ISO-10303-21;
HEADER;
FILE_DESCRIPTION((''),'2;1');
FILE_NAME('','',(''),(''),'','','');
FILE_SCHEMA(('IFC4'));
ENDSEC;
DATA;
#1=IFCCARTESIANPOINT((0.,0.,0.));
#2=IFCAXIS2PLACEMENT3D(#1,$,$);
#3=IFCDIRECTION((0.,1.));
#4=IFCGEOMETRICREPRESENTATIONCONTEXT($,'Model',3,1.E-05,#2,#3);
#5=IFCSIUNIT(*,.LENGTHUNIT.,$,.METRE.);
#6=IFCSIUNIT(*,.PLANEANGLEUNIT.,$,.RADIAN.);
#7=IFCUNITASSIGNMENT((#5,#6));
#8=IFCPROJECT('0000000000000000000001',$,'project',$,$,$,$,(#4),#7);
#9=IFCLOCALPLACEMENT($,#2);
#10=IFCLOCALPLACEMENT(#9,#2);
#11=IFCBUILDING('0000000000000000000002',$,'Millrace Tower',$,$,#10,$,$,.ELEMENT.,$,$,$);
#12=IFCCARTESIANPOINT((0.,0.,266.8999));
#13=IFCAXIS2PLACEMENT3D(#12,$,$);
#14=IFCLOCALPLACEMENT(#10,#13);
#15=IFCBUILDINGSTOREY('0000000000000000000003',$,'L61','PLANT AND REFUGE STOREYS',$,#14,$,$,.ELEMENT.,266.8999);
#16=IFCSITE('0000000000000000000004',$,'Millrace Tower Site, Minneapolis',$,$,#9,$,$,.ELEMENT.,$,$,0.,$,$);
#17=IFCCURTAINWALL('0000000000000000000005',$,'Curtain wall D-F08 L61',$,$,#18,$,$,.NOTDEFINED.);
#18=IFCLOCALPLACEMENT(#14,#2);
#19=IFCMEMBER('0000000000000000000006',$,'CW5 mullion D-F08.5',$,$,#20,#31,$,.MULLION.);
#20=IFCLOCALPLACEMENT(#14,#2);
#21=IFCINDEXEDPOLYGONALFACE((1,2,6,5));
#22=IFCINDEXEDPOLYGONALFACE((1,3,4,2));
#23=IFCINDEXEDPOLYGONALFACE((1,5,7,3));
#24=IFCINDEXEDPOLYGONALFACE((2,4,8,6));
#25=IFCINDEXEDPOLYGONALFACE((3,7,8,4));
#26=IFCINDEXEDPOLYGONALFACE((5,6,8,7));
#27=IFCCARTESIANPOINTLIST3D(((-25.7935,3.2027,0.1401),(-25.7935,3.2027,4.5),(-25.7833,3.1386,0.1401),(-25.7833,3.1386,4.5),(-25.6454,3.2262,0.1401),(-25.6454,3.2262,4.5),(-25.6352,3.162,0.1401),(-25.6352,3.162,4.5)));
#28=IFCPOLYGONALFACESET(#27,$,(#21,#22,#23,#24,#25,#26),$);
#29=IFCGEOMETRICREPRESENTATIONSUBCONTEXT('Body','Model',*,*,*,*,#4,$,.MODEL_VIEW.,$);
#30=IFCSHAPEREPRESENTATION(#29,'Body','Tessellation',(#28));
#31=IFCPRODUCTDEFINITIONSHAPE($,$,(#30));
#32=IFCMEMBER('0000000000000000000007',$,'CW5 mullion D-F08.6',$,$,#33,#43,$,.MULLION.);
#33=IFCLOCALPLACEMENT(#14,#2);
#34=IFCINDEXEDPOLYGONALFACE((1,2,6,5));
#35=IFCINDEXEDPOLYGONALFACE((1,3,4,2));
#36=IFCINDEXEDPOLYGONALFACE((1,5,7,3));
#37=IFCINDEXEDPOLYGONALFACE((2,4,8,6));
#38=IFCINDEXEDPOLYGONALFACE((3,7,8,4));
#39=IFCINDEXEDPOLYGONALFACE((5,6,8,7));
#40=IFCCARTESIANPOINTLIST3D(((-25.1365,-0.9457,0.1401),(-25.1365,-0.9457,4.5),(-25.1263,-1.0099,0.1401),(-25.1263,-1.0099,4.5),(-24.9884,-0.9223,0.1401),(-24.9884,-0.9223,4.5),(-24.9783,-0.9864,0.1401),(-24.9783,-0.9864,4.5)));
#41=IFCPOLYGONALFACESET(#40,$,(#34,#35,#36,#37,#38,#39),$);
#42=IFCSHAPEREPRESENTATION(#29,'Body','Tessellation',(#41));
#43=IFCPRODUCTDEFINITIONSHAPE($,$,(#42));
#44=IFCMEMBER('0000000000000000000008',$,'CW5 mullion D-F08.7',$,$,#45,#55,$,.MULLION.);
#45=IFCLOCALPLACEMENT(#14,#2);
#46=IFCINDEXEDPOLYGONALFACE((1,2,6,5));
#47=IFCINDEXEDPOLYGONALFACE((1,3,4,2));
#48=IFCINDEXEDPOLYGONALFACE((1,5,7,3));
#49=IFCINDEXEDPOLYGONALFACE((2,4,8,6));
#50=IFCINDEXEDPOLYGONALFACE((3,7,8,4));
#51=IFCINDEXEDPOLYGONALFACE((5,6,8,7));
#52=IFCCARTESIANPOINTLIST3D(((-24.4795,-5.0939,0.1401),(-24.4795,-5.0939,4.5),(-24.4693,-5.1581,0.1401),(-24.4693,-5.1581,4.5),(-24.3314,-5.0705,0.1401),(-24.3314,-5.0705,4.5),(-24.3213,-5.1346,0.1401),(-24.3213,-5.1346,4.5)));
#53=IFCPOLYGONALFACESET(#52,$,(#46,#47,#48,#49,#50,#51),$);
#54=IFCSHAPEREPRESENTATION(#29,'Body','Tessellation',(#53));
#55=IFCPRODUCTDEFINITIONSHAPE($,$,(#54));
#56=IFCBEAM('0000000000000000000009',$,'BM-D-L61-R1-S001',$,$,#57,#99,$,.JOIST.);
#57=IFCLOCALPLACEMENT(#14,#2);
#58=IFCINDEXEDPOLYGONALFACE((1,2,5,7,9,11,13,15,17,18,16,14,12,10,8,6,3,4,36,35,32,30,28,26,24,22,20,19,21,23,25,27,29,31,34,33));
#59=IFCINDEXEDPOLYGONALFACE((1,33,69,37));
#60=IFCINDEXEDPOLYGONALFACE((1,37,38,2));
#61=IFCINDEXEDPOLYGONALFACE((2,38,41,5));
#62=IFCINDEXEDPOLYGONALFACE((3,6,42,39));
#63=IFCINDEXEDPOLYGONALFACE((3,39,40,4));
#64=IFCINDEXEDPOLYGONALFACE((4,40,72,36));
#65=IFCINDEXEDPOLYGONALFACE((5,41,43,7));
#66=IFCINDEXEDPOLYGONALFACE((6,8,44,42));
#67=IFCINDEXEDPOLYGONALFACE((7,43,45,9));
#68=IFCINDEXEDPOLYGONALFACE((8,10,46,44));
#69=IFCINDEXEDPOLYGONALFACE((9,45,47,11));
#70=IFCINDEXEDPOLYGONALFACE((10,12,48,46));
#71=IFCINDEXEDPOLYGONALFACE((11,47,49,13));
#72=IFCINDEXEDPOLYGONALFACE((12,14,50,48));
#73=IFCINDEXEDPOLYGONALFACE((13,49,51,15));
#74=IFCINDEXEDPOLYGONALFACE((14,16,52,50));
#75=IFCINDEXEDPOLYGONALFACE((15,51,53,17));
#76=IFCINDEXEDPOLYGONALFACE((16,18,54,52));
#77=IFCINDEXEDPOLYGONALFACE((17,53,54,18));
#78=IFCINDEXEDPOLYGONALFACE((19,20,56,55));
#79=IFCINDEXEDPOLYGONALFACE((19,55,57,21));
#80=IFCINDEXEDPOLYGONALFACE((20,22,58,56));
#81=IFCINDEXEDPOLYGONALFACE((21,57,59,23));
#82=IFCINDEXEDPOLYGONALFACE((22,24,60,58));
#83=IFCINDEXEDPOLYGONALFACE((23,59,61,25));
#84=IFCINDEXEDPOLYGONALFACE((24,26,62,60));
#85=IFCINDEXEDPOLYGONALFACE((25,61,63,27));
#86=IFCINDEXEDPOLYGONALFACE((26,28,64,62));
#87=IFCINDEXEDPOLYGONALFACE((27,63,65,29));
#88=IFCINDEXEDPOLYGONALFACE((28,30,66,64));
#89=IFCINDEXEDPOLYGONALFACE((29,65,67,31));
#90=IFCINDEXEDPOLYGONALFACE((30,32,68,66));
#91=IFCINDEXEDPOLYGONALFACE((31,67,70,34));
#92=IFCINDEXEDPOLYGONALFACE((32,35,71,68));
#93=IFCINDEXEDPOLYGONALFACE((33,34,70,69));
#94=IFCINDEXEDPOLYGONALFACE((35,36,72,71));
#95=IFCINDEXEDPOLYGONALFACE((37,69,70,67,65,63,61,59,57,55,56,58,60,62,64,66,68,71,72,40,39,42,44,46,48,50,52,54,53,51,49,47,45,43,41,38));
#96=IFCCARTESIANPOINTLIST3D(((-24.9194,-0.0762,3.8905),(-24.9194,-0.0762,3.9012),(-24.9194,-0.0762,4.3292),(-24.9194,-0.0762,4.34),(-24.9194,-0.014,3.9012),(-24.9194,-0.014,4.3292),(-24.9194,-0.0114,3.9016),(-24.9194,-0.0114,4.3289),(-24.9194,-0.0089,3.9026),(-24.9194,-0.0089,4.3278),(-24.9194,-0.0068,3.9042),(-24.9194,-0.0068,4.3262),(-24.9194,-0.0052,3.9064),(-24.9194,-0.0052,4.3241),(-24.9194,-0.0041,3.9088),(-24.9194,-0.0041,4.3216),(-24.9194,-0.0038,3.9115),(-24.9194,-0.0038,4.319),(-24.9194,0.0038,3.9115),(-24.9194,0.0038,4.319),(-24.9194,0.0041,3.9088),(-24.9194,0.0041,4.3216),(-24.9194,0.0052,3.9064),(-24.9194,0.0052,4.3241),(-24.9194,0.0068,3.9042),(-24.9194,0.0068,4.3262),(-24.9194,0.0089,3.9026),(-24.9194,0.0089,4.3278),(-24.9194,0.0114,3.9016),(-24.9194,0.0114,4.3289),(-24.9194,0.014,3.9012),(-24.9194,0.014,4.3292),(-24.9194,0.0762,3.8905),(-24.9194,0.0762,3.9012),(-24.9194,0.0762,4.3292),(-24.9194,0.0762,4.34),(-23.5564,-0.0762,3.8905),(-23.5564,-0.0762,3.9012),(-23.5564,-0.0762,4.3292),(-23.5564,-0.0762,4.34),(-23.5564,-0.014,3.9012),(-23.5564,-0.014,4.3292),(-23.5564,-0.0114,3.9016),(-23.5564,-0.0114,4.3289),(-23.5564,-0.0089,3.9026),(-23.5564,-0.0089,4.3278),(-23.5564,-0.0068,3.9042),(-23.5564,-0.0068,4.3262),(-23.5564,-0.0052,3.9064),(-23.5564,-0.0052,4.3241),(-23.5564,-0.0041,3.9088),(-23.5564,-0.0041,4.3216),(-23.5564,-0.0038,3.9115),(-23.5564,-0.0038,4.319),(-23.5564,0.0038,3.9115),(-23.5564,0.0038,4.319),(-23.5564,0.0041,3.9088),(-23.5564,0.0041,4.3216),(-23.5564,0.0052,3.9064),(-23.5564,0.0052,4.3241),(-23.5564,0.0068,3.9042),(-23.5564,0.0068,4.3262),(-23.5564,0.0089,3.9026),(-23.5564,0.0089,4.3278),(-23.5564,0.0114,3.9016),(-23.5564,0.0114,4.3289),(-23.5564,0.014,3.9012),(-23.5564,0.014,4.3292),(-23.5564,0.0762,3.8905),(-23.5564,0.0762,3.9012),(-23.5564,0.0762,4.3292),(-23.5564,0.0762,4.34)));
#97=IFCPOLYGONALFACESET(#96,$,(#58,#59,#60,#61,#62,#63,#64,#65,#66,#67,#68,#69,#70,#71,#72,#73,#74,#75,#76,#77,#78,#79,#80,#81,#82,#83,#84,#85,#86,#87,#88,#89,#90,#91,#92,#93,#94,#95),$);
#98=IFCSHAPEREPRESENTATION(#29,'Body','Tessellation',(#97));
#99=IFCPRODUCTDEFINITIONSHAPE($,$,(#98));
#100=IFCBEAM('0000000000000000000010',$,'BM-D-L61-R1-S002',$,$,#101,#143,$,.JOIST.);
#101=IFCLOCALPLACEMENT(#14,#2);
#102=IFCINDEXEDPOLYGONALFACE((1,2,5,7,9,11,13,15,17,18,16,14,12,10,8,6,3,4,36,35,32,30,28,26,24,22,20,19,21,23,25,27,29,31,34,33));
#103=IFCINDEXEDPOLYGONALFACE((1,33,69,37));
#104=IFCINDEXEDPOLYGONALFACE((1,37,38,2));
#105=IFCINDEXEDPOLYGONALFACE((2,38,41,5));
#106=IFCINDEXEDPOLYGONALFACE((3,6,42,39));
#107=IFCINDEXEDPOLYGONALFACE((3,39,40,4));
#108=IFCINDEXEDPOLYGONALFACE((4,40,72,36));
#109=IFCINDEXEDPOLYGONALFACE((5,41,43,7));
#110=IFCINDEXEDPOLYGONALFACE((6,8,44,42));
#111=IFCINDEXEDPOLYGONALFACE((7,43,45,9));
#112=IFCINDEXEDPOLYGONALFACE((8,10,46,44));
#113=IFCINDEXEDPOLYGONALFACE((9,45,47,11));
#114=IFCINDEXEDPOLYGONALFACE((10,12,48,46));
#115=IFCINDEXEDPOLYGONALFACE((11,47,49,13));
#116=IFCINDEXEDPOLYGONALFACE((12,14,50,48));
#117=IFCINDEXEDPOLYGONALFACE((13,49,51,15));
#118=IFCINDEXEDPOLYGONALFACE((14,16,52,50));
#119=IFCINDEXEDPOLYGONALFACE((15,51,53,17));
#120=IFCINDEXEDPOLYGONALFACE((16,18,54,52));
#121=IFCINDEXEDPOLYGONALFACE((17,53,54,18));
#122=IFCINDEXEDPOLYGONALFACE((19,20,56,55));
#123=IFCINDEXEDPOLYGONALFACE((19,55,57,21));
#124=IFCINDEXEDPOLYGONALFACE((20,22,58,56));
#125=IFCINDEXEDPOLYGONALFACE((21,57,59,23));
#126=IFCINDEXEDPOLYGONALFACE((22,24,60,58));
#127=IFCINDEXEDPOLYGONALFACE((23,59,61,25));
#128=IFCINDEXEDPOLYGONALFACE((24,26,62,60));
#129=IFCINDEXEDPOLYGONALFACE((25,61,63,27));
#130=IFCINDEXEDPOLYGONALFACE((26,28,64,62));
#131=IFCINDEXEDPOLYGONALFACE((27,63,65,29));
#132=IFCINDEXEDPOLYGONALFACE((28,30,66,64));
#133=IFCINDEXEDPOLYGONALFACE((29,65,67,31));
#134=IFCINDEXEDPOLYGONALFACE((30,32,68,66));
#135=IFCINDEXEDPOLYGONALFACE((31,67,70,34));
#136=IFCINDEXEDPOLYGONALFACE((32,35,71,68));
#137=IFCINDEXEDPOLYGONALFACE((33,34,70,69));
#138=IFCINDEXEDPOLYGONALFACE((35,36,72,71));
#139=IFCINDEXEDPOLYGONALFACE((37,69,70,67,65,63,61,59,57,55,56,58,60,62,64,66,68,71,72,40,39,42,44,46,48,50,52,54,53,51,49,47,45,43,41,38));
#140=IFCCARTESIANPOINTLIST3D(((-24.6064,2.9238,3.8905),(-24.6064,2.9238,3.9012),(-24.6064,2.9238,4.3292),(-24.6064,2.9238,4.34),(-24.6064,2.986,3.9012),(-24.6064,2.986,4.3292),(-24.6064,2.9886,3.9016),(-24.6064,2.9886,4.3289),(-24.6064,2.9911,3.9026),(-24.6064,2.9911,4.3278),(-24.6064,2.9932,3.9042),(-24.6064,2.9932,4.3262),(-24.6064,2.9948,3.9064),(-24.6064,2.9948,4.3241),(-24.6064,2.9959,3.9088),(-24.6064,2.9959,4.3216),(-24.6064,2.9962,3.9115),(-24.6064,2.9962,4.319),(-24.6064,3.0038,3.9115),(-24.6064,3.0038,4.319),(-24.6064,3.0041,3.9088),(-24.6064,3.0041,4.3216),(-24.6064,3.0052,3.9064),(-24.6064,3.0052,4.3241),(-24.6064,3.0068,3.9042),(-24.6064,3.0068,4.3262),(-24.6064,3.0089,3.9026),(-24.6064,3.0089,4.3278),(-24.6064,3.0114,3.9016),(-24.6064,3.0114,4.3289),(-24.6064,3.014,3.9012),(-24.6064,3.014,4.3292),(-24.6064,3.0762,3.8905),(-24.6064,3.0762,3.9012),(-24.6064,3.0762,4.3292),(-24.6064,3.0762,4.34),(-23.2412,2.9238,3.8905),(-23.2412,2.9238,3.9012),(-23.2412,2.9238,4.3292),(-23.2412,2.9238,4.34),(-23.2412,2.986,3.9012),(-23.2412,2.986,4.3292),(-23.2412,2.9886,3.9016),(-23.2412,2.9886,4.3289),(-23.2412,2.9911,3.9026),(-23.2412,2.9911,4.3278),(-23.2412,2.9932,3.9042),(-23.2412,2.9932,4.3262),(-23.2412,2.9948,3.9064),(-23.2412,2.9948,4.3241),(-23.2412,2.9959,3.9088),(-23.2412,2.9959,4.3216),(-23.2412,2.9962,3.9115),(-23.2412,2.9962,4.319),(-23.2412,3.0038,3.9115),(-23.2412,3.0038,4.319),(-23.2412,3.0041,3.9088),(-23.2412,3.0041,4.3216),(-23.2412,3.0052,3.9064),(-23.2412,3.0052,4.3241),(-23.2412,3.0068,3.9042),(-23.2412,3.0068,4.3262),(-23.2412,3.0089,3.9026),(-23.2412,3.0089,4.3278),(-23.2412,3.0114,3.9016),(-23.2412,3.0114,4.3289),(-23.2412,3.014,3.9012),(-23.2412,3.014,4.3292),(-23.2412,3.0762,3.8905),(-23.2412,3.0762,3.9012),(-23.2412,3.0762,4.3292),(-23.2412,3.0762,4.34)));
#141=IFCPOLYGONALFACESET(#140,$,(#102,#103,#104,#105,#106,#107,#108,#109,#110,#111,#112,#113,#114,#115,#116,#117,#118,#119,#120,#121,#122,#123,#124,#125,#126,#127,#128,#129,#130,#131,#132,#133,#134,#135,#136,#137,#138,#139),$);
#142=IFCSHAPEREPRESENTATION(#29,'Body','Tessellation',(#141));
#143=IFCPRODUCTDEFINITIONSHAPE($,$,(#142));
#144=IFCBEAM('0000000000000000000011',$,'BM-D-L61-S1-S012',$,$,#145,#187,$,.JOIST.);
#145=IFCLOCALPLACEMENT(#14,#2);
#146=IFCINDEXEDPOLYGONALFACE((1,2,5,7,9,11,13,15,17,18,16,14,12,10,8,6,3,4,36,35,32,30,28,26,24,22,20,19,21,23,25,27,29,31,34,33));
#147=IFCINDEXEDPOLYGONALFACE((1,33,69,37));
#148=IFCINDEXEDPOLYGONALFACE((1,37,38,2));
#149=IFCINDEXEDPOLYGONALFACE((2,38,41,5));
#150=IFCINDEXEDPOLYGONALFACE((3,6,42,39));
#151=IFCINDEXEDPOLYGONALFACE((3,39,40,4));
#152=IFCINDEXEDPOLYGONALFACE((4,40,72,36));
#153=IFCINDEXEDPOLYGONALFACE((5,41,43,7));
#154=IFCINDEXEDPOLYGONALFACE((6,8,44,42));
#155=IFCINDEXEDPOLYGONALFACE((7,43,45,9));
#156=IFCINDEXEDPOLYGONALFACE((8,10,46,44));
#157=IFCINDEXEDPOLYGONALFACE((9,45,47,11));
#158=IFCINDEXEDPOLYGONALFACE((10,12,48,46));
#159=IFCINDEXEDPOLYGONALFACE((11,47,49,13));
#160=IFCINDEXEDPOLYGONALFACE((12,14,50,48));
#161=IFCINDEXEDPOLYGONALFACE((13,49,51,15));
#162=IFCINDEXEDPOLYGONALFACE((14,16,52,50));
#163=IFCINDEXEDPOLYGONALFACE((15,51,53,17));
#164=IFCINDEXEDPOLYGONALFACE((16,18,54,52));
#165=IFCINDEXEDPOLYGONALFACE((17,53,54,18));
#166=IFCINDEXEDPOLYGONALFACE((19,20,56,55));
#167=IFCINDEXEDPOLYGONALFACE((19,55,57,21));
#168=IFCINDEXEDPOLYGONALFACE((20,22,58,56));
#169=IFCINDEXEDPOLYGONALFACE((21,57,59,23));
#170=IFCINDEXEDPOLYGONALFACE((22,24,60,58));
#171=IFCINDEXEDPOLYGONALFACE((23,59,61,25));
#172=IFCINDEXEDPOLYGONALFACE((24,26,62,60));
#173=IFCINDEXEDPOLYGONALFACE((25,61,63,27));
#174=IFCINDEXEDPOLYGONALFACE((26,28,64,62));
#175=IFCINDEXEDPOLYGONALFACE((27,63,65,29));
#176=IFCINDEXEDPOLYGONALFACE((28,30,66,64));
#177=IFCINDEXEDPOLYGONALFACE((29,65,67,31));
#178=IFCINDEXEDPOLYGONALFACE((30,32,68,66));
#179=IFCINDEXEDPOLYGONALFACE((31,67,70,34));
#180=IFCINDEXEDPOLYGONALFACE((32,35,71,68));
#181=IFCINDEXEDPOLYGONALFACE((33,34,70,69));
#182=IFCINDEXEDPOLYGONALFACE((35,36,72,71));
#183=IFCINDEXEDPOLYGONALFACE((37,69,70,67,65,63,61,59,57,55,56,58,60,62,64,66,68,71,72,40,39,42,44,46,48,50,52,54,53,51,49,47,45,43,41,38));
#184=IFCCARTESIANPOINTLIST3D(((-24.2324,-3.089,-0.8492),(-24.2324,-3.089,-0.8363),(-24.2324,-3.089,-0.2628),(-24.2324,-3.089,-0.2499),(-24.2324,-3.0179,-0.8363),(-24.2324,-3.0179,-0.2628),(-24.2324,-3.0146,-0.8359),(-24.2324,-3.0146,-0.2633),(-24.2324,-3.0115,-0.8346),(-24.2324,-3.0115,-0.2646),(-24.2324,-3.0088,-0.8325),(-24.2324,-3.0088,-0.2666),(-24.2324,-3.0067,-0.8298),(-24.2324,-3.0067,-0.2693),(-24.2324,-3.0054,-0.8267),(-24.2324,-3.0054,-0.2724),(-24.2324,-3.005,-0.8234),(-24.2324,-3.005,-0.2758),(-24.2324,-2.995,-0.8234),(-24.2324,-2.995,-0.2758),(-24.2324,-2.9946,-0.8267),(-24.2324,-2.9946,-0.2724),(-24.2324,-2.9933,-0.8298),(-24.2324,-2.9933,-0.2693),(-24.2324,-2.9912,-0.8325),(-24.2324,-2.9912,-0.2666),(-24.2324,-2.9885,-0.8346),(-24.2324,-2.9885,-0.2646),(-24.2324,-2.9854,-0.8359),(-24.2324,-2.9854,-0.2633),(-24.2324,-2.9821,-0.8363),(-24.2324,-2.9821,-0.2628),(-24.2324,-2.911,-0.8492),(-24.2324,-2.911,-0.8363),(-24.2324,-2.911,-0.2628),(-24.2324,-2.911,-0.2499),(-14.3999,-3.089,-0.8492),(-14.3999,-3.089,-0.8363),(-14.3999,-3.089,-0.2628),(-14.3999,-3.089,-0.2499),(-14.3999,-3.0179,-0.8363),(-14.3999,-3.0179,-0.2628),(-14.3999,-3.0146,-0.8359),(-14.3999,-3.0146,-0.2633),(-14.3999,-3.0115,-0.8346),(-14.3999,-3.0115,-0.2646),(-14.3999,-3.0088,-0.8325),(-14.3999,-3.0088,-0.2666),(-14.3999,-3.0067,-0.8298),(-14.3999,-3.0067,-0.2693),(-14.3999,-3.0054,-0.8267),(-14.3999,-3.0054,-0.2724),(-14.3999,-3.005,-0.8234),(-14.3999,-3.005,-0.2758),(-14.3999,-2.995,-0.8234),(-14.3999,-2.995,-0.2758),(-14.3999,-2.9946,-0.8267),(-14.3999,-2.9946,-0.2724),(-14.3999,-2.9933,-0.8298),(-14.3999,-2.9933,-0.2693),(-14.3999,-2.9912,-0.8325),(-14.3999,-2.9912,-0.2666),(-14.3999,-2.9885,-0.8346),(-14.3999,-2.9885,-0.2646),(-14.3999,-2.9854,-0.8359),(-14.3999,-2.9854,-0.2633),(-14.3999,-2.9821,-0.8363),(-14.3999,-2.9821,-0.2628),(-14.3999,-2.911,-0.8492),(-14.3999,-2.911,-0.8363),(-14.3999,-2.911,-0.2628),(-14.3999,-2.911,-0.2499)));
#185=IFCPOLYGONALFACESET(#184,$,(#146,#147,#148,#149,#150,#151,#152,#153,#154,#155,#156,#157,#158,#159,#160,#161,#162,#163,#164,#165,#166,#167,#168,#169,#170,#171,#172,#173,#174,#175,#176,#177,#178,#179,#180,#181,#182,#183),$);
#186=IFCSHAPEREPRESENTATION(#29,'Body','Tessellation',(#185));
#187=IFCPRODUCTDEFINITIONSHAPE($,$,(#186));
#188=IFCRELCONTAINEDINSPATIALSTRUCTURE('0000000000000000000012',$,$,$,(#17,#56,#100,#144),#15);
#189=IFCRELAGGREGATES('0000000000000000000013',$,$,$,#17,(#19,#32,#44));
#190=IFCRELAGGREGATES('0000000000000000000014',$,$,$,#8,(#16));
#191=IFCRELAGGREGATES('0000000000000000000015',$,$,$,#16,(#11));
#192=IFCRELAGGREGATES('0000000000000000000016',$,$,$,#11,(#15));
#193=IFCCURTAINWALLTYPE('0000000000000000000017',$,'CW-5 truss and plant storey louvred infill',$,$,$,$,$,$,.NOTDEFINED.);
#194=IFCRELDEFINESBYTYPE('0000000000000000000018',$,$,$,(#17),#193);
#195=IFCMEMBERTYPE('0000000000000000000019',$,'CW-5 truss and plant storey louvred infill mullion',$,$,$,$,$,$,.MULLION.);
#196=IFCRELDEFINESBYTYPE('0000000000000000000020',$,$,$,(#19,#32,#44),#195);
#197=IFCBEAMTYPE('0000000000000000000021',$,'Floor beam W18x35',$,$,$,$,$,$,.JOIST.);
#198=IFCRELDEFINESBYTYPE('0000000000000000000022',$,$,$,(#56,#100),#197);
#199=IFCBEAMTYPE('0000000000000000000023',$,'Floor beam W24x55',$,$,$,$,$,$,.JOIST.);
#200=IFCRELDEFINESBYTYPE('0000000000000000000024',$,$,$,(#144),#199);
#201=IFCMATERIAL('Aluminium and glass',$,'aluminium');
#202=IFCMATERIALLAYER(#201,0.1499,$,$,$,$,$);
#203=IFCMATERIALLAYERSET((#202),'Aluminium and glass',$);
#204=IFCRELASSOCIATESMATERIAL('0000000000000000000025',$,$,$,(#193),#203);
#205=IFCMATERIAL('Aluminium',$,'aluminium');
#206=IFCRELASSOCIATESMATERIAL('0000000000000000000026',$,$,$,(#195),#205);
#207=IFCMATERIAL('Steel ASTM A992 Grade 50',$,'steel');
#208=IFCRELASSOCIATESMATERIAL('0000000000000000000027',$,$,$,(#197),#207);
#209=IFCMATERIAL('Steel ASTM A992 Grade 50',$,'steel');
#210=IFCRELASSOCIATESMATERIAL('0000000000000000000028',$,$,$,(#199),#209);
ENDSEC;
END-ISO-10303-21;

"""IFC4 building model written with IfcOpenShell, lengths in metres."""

from ifc_helpers import new_model, si_unit, direction, frame, origin, origin_2d, place, context, subcontext, project, spatial, rectangle, i_section, extrude, material, layer, layer_set, material_profile, profile_set, type_object, element, aggregate, save


model = new_model("IFC4")

# Units and contexts
model_context = context("Model", 3, precision=1e-05, world=origin(), true_north=direction((0.0, 1.0)))
body_context = subcontext(model_context, "Body", "Model", "MODEL_VIEW")
ifc_project = project(units=[si_unit("LENGTHUNIT", "METRE"), si_unit("PLANEANGLEUNIT", "RADIAN")], contexts=[model_context])

# Site, building, storey
site_placement = place(None, origin())
site = spatial("IfcSite", under=ifc_project, at=site_placement, Name="Millrace Tower Site, Minneapolis", CompositionType="ELEMENT", RefElevation=0.0)
building_placement = place(site_placement, origin())
building = spatial("IfcBuilding", under=site, at=building_placement, Name="Millrace Tower", CompositionType="ELEMENT")
storey_placement = place(building_placement, frame((0.0, 0.0, 266.8999)))
storey = spatial("IfcBuildingStorey", under=building, at=storey_placement, Name="L61", Description="PLANT AND REFUGE STOREYS", CompositionType="ELEMENT", Elevation=266.8999)

# Curtain wall, members
ifc_material_1 = material(Name="Aluminium and glass", Category="aluminium")
ifc_layer_1 = layer(ifc_material_1, 0.1499)
ifc_layer_set_1 = layer_set([ifc_layer_1], Name="Aluminium and glass")
curtain_wall_type = type_object("IfcCurtainWallType", Name="CW-5 truss and plant storey louvred infill", PredefinedType="NOTDEFINED", material=ifc_layer_set_1)
curtain_wall_placement = place(storey_placement, origin())
curtain_wall = element("IfcCurtainWall", 1, at=curtain_wall_placement, inside=storey, type_object=curtain_wall_type, Name="Curtain wall D-F08 L61", PredefinedType="NOTDEFINED")
ifc_material_2 = material(Name="Aluminium", Category="aluminium")
ifc_material_profile_1 = material_profile(ifc_material_2, rectangle(XDim=0.0649, YDim=0.1499, at=origin_2d()))
ifc_profile_set_1 = profile_set([ifc_material_profile_1], Name="Aluminium")
member_type_1 = type_object("IfcMemberType", Name="CW-5 truss and plant storey louvred infill mullion", PredefinedType="MULLION", material=ifc_profile_set_1)
member_1_placement = place(storey_placement, frame((-25.7144, 3.1824, 0.1401), z_axis=(0.0, 0.0, 1.0), x_axis=(0.156434, -0.987688, 0.0)))
member_1 = element("IfcMember", 2, at=member_1_placement, type_object=member_type_1, Name="CW5 mullion D-F08.5", PredefinedType="MULLION", context=body_context, shape_type="SweptSolid", body=[
    extrude(rectangle(XDim=0.0649, YDim=0.1499, at=origin_2d()), origin(), (0.0, 0.0, 1.0), 4.3599),
])
member_2_placement = place(storey_placement, frame((-25.0574, -0.9661, 0.1401), z_axis=(0.0, 0.0, 1.0), x_axis=(0.156434, -0.987688, 0.0)))
member_2 = element("IfcMember", 3, at=member_2_placement, type_object=member_type_1, Name="CW5 mullion D-F08.6", PredefinedType="MULLION", context=body_context, shape_type="SweptSolid", body=[
    extrude(rectangle(XDim=0.0649, YDim=0.1499, at=origin_2d()), origin(), (0.0, 0.0, 1.0), 4.3599),
])
member_3_placement = place(storey_placement, frame((-24.4004, -5.1143, 0.1401), z_axis=(0.0, 0.0, 1.0), x_axis=(0.156434, -0.987688, 0.0)))
member_3 = element("IfcMember", 4, at=member_3_placement, type_object=member_type_1, Name="CW5 mullion D-F08.7", PredefinedType="MULLION", context=body_context, shape_type="SweptSolid", body=[
    extrude(rectangle(XDim=0.0649, YDim=0.1499, at=origin_2d()), origin(), (0.0, 0.0, 1.0), 4.3599),
])
aggregate(curtain_wall, [member_1, member_2, member_3])

# Beams
ifc_material_3 = material(Name="Steel ASTM A992 Grade 50", Category="steel")
ifc_material_profile_2 = material_profile(ifc_material_3, i_section(OverallWidth=0.1523, OverallDepth=0.4495, WebThickness=0.0076, FlangeThickness=0.0107, FilletRadius=0.0103, at=origin_2d()))
ifc_profile_set_2 = profile_set([ifc_material_profile_2], Name="Steel ASTM A992 Grade 50")
beam_type_1 = type_object("IfcBeamType", Name="Floor beam W18x35", PredefinedType="JOIST", material=ifc_profile_set_2)
beam_1_placement = place(storey_placement, frame((-24.9194, 0.0, 4.1152), z_axis=(1.0, 0.0, 0.0), x_axis=(0.0, 1.0, 0.0)))
element("IfcBeam", 5, at=beam_1_placement, inside=storey, type_object=beam_type_1, Name="BM-D-L61-R1-S001", PredefinedType="JOIST", context=body_context, shape_type="SweptSolid", body=[
    extrude(i_section(OverallWidth=0.1523, OverallDepth=0.4495, WebThickness=0.0076, FlangeThickness=0.0107, FilletRadius=0.0103, at=origin_2d()), origin(), (0.0, 0.0, 1.0), 1.363),
])
beam_2_placement = place(storey_placement, frame((-24.6064, 3.0, 4.1152), z_axis=(1.0, 0.0, 0.0), x_axis=(0.0, 1.0, 0.0)))
element("IfcBeam", 6, at=beam_2_placement, inside=storey, type_object=beam_type_1, Name="BM-D-L61-R1-S002", PredefinedType="JOIST", context=body_context, shape_type="SweptSolid", body=[
    extrude(i_section(OverallWidth=0.1523, OverallDepth=0.4495, WebThickness=0.0076, FlangeThickness=0.0107, FilletRadius=0.0103, at=origin_2d()), origin(), (0.0, 0.0, 1.0), 1.3652),
])
ifc_material_4 = material(Name="Steel ASTM A992 Grade 50", Category="steel")
ifc_material_profile_3 = material_profile(ifc_material_4, i_section(OverallWidth=0.178, OverallDepth=0.5994, WebThickness=0.01, FlangeThickness=0.0129, FilletRadius=0.0129, at=origin_2d()))
ifc_profile_set_3 = profile_set([ifc_material_profile_3], Name="Steel ASTM A992 Grade 50")
beam_type_2 = type_object("IfcBeamType", Name="Floor beam W24x55", PredefinedType="JOIST", material=ifc_profile_set_3)
beam_3_placement = place(storey_placement, frame((-24.2324, -3.0, -0.5496), z_axis=(1.0, 0.0, 0.0), x_axis=(0.0, 1.0, 0.0)))
element("IfcBeam", 7, at=beam_3_placement, inside=storey, type_object=beam_type_2, Name="BM-D-L61-S1-S012", PredefinedType="JOIST", context=body_context, shape_type="SweptSolid", body=[
    extrude(i_section(OverallWidth=0.178, OverallDepth=0.5994, WebThickness=0.01, FlangeThickness=0.0129, FilletRadius=0.0129, at=origin_2d()), origin(), (0.0, 0.0, 1.0), 9.8325),
])

save(model, "model.ifc")
